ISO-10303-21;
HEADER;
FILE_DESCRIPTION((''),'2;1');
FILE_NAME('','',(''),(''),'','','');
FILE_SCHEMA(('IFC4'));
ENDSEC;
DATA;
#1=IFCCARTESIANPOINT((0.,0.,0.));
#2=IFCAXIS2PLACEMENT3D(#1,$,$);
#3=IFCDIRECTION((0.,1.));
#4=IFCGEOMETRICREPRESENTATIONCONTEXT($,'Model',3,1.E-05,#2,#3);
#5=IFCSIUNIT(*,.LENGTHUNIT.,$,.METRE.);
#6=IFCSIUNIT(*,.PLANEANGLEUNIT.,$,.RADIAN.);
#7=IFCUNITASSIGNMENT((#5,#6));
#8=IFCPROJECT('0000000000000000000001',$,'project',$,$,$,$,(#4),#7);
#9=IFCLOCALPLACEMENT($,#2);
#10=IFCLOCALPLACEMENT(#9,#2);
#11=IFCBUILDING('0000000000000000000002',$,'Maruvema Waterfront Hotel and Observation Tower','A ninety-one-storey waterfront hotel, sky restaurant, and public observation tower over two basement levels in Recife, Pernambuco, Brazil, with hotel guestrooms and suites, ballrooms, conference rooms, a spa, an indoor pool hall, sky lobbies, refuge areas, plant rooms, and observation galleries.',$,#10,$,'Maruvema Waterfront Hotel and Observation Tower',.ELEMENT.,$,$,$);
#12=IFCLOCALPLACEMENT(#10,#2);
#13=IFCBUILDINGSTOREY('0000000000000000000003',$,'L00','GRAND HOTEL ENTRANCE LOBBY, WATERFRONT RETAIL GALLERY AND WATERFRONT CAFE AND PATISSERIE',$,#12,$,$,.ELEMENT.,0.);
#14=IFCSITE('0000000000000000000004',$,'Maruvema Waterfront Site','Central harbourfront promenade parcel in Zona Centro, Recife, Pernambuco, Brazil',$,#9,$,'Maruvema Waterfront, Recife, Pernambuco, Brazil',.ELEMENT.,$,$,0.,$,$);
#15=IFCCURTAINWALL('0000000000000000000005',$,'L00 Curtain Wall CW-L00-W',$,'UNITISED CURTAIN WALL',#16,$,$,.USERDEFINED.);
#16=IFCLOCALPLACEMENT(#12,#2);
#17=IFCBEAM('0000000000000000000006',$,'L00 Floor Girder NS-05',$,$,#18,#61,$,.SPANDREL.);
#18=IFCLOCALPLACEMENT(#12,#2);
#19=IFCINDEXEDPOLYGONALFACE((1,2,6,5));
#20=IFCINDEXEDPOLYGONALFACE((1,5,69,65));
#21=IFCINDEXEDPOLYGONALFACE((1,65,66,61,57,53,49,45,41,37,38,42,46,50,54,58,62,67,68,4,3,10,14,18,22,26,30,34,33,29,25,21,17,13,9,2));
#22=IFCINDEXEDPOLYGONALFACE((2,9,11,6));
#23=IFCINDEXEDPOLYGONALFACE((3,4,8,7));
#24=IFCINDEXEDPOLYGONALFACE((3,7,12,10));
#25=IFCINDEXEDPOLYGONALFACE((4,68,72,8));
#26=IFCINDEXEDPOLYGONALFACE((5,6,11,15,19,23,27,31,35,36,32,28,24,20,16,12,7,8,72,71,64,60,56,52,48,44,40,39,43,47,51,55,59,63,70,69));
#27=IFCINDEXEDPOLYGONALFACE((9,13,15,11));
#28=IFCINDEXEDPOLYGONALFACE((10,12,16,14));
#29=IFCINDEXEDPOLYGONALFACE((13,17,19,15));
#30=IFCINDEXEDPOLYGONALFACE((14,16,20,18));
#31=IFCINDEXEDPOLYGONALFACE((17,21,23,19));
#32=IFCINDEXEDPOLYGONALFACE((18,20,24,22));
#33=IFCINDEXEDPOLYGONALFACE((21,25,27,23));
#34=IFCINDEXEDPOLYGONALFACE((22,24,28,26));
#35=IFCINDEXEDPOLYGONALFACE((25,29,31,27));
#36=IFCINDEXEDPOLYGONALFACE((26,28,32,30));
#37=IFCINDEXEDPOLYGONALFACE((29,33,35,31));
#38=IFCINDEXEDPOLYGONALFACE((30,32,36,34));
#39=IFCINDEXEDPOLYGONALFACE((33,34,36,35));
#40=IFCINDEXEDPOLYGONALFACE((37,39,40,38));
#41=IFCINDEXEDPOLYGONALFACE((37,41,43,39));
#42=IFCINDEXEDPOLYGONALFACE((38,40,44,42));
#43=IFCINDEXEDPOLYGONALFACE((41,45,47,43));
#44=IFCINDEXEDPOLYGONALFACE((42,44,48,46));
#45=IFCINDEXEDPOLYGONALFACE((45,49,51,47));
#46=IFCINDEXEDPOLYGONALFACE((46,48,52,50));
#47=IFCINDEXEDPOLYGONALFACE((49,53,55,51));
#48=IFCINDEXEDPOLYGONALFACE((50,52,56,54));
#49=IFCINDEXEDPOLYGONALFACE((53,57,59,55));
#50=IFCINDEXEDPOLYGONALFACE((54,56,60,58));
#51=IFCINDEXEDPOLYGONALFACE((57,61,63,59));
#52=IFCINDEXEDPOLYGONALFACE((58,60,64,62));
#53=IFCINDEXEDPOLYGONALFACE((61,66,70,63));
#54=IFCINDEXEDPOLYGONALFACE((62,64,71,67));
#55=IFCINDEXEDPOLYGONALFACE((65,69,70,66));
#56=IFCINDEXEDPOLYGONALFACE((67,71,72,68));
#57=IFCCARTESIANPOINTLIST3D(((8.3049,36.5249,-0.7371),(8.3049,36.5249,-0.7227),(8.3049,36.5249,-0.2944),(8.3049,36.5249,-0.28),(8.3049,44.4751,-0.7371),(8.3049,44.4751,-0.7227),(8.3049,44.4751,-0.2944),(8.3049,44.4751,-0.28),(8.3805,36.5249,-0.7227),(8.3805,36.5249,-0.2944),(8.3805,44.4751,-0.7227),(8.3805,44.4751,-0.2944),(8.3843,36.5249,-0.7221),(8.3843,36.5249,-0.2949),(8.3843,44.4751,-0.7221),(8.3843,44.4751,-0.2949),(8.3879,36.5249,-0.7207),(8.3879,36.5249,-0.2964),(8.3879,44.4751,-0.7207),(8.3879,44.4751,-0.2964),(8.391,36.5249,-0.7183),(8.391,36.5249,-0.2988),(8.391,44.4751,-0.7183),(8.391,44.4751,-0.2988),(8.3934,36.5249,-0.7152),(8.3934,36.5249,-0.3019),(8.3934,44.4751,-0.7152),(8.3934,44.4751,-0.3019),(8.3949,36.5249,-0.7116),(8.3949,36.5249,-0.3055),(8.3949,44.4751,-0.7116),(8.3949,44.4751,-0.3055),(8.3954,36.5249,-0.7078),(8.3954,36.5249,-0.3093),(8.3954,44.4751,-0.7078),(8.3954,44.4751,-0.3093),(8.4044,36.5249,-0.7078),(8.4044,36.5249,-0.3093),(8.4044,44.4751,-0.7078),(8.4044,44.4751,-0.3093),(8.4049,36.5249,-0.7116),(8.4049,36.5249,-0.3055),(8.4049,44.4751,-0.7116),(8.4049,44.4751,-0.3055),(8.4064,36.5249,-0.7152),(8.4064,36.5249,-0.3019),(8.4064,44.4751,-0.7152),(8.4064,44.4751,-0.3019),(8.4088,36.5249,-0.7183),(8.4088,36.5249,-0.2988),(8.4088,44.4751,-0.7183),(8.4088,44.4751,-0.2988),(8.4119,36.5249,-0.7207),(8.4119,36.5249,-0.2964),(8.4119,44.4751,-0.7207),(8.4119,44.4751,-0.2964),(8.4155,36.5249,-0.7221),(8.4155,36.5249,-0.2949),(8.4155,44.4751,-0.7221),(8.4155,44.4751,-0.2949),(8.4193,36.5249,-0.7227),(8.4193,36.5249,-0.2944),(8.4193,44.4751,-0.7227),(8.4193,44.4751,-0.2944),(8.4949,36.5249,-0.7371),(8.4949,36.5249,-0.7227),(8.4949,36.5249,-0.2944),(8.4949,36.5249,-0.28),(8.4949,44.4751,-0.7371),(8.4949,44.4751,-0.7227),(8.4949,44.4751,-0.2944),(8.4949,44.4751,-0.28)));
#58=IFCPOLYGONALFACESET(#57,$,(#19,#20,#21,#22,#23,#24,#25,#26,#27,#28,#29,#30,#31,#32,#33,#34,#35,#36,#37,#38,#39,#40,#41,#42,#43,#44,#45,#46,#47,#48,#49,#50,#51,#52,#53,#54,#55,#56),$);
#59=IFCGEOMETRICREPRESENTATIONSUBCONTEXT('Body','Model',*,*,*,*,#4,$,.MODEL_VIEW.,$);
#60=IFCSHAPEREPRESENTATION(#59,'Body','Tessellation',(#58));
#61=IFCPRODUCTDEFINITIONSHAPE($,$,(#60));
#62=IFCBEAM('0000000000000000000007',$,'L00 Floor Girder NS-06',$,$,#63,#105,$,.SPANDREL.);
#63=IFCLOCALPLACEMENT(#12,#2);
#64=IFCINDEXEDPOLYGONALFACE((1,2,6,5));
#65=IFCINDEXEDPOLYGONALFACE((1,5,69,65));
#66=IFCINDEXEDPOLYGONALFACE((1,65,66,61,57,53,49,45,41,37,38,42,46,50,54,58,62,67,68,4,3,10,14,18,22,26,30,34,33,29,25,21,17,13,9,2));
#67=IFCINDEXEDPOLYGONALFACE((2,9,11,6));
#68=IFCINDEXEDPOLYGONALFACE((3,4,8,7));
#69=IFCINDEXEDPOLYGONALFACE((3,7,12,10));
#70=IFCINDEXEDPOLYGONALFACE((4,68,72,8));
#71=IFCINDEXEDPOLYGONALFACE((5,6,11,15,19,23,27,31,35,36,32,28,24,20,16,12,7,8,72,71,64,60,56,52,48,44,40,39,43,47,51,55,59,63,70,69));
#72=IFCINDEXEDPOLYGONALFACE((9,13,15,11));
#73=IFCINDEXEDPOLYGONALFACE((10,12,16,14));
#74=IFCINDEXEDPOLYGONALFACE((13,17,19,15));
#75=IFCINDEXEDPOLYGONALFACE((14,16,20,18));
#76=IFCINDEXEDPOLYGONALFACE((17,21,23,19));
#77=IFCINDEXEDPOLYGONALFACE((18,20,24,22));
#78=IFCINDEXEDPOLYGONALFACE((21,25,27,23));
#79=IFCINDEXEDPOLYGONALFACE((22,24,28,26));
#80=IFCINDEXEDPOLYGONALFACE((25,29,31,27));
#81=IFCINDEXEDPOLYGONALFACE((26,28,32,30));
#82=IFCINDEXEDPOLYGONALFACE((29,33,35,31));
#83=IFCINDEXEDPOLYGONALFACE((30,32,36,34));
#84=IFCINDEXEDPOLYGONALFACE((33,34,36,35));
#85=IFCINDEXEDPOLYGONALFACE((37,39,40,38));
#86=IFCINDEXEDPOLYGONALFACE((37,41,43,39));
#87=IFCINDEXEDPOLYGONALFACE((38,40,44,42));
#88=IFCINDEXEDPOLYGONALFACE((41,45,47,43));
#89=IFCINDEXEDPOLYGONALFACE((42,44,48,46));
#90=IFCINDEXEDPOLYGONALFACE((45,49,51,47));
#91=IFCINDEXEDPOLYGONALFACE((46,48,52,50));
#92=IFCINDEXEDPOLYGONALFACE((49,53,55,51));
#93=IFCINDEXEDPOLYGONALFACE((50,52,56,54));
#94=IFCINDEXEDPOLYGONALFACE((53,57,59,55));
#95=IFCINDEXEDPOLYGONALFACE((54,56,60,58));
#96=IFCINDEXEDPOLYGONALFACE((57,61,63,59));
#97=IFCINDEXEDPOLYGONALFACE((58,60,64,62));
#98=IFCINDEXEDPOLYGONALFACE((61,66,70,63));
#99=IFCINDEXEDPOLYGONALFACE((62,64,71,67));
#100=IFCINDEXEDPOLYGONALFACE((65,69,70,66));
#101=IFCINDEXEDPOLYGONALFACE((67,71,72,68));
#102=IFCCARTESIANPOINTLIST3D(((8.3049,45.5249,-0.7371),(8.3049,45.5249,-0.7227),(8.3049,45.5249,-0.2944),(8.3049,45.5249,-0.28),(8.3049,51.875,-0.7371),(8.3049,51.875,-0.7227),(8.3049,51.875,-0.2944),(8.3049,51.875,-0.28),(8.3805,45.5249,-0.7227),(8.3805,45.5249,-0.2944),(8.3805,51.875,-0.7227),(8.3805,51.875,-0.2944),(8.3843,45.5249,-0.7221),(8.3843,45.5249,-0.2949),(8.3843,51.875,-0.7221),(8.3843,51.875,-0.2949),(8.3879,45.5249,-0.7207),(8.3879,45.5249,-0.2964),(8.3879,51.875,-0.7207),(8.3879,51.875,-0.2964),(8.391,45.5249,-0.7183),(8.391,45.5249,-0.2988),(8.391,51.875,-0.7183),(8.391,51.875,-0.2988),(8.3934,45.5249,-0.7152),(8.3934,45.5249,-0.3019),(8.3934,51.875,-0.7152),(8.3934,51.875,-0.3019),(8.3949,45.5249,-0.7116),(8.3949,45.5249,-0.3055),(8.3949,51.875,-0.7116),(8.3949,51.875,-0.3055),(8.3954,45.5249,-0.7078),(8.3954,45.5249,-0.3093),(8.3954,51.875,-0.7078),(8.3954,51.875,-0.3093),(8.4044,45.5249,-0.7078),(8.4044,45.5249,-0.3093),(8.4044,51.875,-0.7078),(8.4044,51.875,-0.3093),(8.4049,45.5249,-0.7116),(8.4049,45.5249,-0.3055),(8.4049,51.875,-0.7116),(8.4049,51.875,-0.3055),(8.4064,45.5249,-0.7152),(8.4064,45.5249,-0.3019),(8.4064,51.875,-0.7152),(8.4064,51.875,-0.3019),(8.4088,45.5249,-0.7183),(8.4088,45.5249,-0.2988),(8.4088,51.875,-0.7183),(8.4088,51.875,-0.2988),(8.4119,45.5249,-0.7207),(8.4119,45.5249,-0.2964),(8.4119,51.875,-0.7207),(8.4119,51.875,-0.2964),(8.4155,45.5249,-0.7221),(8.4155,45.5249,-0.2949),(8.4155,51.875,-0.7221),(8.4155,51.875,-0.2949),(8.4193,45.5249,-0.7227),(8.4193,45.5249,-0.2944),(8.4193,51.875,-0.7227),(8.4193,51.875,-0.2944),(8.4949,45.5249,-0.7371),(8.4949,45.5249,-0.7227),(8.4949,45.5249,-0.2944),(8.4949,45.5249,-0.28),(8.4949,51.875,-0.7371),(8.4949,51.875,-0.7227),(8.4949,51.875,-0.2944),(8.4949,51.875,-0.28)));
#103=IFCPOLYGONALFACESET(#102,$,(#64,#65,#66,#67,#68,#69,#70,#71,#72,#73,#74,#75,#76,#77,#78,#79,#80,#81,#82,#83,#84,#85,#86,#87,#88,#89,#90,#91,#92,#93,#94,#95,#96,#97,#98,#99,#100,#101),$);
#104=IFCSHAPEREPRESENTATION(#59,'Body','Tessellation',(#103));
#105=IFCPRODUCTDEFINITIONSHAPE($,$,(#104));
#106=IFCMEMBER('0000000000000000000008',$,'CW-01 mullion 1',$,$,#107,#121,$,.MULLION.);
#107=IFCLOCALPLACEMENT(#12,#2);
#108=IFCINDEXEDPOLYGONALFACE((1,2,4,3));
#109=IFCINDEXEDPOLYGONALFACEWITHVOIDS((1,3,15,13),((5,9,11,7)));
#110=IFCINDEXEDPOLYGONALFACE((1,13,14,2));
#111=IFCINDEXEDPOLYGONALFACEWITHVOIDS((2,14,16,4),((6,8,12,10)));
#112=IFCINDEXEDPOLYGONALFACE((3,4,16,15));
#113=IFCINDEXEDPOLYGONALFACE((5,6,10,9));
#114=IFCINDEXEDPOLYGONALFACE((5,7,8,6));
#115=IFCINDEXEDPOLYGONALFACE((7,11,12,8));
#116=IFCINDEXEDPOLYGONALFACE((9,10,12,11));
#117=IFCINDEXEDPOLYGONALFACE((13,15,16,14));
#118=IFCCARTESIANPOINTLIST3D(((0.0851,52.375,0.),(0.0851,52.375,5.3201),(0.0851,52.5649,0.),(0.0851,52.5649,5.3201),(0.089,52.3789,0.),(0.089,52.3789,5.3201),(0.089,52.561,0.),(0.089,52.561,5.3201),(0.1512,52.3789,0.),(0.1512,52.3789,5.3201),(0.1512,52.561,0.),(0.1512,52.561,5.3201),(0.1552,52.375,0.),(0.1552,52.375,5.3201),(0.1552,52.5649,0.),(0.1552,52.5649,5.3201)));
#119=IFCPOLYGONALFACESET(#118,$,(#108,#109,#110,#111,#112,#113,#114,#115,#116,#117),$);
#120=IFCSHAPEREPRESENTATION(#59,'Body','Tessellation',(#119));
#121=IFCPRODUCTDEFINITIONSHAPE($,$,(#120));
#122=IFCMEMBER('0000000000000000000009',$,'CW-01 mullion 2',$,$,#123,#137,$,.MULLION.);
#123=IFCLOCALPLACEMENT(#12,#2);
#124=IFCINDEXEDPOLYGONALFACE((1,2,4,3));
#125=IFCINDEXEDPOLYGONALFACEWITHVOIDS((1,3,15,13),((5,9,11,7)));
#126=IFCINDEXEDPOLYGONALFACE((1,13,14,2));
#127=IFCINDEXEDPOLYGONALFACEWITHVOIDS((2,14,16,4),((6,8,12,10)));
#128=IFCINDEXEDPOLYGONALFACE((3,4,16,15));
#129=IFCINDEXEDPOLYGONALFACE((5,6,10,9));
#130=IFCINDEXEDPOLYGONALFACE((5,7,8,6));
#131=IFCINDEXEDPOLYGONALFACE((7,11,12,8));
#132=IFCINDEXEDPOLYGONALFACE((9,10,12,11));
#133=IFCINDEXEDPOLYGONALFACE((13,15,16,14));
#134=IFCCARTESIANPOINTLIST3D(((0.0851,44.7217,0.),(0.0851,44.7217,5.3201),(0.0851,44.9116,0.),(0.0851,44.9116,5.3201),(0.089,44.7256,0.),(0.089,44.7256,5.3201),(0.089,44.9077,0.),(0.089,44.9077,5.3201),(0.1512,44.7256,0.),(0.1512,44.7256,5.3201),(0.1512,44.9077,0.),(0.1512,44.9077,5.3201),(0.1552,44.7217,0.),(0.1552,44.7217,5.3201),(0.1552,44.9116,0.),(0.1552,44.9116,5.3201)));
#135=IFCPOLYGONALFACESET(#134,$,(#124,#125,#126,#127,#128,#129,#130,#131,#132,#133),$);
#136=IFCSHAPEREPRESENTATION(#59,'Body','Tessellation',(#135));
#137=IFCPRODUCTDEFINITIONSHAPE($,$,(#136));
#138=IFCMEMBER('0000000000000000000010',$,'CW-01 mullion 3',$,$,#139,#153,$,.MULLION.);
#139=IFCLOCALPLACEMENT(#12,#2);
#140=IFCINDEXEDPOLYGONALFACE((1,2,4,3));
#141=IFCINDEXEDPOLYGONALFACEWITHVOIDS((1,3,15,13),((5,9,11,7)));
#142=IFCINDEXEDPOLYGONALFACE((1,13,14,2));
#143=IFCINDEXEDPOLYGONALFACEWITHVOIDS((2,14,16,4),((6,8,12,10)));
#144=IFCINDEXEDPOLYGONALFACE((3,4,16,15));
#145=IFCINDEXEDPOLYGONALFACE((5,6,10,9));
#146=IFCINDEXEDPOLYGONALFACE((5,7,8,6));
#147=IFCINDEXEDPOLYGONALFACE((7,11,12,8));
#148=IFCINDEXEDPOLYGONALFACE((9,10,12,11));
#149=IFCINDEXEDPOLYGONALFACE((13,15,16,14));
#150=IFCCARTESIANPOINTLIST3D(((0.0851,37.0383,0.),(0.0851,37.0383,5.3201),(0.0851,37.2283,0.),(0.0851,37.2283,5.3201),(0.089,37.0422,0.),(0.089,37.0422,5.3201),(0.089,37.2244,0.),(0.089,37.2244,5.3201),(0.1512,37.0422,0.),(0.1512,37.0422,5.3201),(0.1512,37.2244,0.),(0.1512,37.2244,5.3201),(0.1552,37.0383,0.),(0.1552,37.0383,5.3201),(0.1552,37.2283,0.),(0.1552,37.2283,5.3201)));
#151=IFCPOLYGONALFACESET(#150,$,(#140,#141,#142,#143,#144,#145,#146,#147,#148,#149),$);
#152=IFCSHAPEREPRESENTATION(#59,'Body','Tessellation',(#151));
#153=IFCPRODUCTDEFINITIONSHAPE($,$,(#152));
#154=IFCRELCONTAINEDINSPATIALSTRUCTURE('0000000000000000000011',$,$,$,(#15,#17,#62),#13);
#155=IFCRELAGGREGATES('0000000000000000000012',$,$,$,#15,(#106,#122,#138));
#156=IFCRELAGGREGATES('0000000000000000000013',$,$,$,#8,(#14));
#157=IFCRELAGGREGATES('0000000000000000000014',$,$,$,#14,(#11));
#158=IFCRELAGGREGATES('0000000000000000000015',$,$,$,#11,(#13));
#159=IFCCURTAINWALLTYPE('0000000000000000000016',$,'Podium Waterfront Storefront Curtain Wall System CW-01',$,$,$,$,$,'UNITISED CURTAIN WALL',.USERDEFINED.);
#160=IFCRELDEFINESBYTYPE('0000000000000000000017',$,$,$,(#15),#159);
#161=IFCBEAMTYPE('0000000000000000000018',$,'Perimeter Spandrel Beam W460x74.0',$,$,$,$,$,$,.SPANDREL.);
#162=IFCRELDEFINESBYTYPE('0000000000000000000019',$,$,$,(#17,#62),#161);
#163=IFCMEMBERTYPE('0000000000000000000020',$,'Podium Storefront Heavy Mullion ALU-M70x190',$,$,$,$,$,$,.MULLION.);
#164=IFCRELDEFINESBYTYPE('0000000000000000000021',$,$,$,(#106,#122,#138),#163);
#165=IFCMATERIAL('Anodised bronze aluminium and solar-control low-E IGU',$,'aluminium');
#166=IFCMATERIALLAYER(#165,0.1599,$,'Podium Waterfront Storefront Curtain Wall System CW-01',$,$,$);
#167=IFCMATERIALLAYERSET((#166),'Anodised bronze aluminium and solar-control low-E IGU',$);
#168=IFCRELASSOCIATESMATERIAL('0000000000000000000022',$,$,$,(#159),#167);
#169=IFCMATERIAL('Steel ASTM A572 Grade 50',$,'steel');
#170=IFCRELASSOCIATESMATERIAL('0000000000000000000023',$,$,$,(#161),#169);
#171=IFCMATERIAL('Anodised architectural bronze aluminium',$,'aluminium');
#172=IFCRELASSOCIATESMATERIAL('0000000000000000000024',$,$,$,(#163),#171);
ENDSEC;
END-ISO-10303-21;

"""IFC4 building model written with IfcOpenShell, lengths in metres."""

from ifc_helpers import new_model, si_unit, direction, frame, origin, origin_2d, place, context, subcontext, project, spatial, hollow_rectangle, i_section, extrude, material, layer, layer_set, material_profile, profile_set, type_object, element, aggregate, save


model = new_model("IFC4")

# Units and contexts
model_context = context("Model", 3, precision=1e-05, world=origin(), true_north=direction((0.0, 1.0)))
body_context = subcontext(model_context, "Body", "Model", "MODEL_VIEW")
ifc_project = project(units=[si_unit("LENGTHUNIT", "METRE"), si_unit("PLANEANGLEUNIT", "RADIAN")], contexts=[model_context])

# Site, building, storey
site_placement = place(None, origin())
site = spatial("IfcSite", under=ifc_project, at=site_placement, Name="Maruvema Waterfront Site", Description="Central harbourfront promenade parcel in Zona Centro, Recife, Pernambuco, Brazil", LongName="Maruvema Waterfront, Recife, Pernambuco, Brazil", CompositionType="ELEMENT", RefElevation=0.0)
building_placement = place(site_placement, origin())
building = spatial("IfcBuilding", under=site, at=building_placement, Name="Maruvema Waterfront Hotel and Observation Tower", Description="A ninety-one-storey waterfront hotel, sky restaurant, and public observation tower over two basement levels in Recife, Pernambuco, Brazil, with hotel guestrooms and suites, ballrooms, conference rooms, a spa, an indoor pool hall, sky lobbies, refuge areas, plant rooms, and observation galleries.", LongName="Maruvema Waterfront Hotel and Observation Tower", CompositionType="ELEMENT")
storey_placement = place(building_placement, origin())
storey = spatial("IfcBuildingStorey", under=building, at=storey_placement, Name="L00", Description="GRAND HOTEL ENTRANCE LOBBY, WATERFRONT RETAIL GALLERY AND WATERFRONT CAFE AND PATISSERIE", CompositionType="ELEMENT", Elevation=0.0)

# Curtain wall
ifc_material_1 = material(Name="Anodised bronze aluminium and solar-control low-E IGU", Category="aluminium")
ifc_layer_1 = layer(ifc_material_1, 0.1599, Name="Podium Waterfront Storefront Curtain Wall System CW-01")
ifc_layer_set_1 = layer_set([ifc_layer_1], Name="Anodised bronze aluminium and solar-control low-E IGU")
curtain_wall_type = type_object("IfcCurtainWallType", Name="Podium Waterfront Storefront Curtain Wall System CW-01", ElementType="UNITISED CURTAIN WALL", PredefinedType="USERDEFINED", material=ifc_layer_set_1)
curtain_wall_placement = place(storey_placement, origin())
curtain_wall = element("IfcCurtainWall", 1, at=curtain_wall_placement, inside=storey, type_object=curtain_wall_type, Name="L00 Curtain Wall CW-L00-W", ObjectType="UNITISED CURTAIN WALL", PredefinedType="USERDEFINED")

# Beams
ifc_material_2 = material(Name="Steel ASTM A572 Grade 50", Category="steel")
ifc_material_profile_1 = material_profile(ifc_material_2, i_section(OverallWidth=0.1899, OverallDepth=0.457, WebThickness=0.009, FlangeThickness=0.0144, FilletRadius=0.0149, at=origin_2d()), Name="W460x74.0")
ifc_profile_set_1 = profile_set([ifc_material_profile_1], Name="Steel ASTM A572 Grade 50")
beam_type_1 = type_object("IfcBeamType", Name="Perimeter Spandrel Beam W460x74.0", PredefinedType="SPANDREL", material=ifc_profile_set_1)
beam_1_placement = place(storey_placement, frame((8.3999, 36.5249, -0.5085), z_axis=(0.0, 1.0, 0.0), x_axis=(-1.0, 0.0, 0.0)))
element("IfcBeam", 2, at=beam_1_placement, inside=storey, type_object=beam_type_1, Name="L00 Floor Girder NS-05", PredefinedType="SPANDREL", context=body_context, shape_type="SweptSolid", body=[
    extrude(i_section(OverallWidth=0.1899, OverallDepth=0.457, WebThickness=0.009, FlangeThickness=0.0144, FilletRadius=0.0149, at=origin_2d()), origin(), (0.0, 0.0, 1.0), 7.9502),
])
beam_2_placement = place(storey_placement, frame((8.3999, 45.5249, -0.5085), z_axis=(0.0, 1.0, 0.0), x_axis=(-1.0, 0.0, 0.0)))
element("IfcBeam", 3, at=beam_2_placement, inside=storey, type_object=beam_type_1, Name="L00 Floor Girder NS-06", PredefinedType="SPANDREL", context=body_context, shape_type="SweptSolid", body=[
    extrude(i_section(OverallWidth=0.1899, OverallDepth=0.457, WebThickness=0.009, FlangeThickness=0.0144, FilletRadius=0.0149, at=origin_2d()), origin(), (0.0, 0.0, 1.0), 6.3501),
])

# Members
ifc_material_3 = material(Name="Anodised architectural bronze aluminium", Category="aluminium")
ifc_material_profile_2 = material_profile(ifc_material_3, hollow_rectangle(XDim=0.0701, YDim=0.1899, WallThickness=0.0039, at=origin_2d()), Name="ALU-M70x190")
ifc_profile_set_2 = profile_set([ifc_material_profile_2], Name="Anodised architectural bronze aluminium")
member_type_1 = type_object("IfcMemberType", Name="Podium Storefront Heavy Mullion ALU-M70x190", PredefinedType="MULLION", material=ifc_profile_set_2)
member_1_placement = place(storey_placement, frame((0.1201, 52.47, 0.0), z_axis=(0.0, 0.0, 1.0), x_axis=(1.0, 0.0, 0.0)))
member_1 = element("IfcMember", 4, at=member_1_placement, type_object=member_type_1, Name="CW-01 mullion 1", PredefinedType="MULLION", context=body_context, shape_type="SweptSolid", body=[
    extrude(hollow_rectangle(XDim=0.0701, YDim=0.1899, WallThickness=0.0039, at=origin_2d()), origin(), (0.0, 0.0, 1.0), 5.3201),
])
member_2_placement = place(storey_placement, frame((0.1201, 44.8167, 0.0), z_axis=(0.0, 0.0, 1.0), x_axis=(1.0, 0.0, 0.0)))
member_2 = element("IfcMember", 5, at=member_2_placement, type_object=member_type_1, Name="CW-01 mullion 2", PredefinedType="MULLION", context=body_context, shape_type="SweptSolid", body=[
    extrude(hollow_rectangle(XDim=0.0701, YDim=0.1899, WallThickness=0.0039, at=origin_2d()), origin(), (0.0, 0.0, 1.0), 5.3201),
])
member_3_placement = place(storey_placement, frame((0.1201, 37.1333, 0.0), z_axis=(0.0, 0.0, 1.0), x_axis=(1.0, 0.0, 0.0)))
member_3 = element("IfcMember", 6, at=member_3_placement, type_object=member_type_1, Name="CW-01 mullion 3", PredefinedType="MULLION", context=body_context, shape_type="SweptSolid", body=[
    extrude(hollow_rectangle(XDim=0.0701, YDim=0.1899, WallThickness=0.0039, at=origin_2d()), origin(), (0.0, 0.0, 1.0), 5.3201),
])

aggregate(curtain_wall, [member_1, member_2, member_3])

save(model, "model.ifc")
